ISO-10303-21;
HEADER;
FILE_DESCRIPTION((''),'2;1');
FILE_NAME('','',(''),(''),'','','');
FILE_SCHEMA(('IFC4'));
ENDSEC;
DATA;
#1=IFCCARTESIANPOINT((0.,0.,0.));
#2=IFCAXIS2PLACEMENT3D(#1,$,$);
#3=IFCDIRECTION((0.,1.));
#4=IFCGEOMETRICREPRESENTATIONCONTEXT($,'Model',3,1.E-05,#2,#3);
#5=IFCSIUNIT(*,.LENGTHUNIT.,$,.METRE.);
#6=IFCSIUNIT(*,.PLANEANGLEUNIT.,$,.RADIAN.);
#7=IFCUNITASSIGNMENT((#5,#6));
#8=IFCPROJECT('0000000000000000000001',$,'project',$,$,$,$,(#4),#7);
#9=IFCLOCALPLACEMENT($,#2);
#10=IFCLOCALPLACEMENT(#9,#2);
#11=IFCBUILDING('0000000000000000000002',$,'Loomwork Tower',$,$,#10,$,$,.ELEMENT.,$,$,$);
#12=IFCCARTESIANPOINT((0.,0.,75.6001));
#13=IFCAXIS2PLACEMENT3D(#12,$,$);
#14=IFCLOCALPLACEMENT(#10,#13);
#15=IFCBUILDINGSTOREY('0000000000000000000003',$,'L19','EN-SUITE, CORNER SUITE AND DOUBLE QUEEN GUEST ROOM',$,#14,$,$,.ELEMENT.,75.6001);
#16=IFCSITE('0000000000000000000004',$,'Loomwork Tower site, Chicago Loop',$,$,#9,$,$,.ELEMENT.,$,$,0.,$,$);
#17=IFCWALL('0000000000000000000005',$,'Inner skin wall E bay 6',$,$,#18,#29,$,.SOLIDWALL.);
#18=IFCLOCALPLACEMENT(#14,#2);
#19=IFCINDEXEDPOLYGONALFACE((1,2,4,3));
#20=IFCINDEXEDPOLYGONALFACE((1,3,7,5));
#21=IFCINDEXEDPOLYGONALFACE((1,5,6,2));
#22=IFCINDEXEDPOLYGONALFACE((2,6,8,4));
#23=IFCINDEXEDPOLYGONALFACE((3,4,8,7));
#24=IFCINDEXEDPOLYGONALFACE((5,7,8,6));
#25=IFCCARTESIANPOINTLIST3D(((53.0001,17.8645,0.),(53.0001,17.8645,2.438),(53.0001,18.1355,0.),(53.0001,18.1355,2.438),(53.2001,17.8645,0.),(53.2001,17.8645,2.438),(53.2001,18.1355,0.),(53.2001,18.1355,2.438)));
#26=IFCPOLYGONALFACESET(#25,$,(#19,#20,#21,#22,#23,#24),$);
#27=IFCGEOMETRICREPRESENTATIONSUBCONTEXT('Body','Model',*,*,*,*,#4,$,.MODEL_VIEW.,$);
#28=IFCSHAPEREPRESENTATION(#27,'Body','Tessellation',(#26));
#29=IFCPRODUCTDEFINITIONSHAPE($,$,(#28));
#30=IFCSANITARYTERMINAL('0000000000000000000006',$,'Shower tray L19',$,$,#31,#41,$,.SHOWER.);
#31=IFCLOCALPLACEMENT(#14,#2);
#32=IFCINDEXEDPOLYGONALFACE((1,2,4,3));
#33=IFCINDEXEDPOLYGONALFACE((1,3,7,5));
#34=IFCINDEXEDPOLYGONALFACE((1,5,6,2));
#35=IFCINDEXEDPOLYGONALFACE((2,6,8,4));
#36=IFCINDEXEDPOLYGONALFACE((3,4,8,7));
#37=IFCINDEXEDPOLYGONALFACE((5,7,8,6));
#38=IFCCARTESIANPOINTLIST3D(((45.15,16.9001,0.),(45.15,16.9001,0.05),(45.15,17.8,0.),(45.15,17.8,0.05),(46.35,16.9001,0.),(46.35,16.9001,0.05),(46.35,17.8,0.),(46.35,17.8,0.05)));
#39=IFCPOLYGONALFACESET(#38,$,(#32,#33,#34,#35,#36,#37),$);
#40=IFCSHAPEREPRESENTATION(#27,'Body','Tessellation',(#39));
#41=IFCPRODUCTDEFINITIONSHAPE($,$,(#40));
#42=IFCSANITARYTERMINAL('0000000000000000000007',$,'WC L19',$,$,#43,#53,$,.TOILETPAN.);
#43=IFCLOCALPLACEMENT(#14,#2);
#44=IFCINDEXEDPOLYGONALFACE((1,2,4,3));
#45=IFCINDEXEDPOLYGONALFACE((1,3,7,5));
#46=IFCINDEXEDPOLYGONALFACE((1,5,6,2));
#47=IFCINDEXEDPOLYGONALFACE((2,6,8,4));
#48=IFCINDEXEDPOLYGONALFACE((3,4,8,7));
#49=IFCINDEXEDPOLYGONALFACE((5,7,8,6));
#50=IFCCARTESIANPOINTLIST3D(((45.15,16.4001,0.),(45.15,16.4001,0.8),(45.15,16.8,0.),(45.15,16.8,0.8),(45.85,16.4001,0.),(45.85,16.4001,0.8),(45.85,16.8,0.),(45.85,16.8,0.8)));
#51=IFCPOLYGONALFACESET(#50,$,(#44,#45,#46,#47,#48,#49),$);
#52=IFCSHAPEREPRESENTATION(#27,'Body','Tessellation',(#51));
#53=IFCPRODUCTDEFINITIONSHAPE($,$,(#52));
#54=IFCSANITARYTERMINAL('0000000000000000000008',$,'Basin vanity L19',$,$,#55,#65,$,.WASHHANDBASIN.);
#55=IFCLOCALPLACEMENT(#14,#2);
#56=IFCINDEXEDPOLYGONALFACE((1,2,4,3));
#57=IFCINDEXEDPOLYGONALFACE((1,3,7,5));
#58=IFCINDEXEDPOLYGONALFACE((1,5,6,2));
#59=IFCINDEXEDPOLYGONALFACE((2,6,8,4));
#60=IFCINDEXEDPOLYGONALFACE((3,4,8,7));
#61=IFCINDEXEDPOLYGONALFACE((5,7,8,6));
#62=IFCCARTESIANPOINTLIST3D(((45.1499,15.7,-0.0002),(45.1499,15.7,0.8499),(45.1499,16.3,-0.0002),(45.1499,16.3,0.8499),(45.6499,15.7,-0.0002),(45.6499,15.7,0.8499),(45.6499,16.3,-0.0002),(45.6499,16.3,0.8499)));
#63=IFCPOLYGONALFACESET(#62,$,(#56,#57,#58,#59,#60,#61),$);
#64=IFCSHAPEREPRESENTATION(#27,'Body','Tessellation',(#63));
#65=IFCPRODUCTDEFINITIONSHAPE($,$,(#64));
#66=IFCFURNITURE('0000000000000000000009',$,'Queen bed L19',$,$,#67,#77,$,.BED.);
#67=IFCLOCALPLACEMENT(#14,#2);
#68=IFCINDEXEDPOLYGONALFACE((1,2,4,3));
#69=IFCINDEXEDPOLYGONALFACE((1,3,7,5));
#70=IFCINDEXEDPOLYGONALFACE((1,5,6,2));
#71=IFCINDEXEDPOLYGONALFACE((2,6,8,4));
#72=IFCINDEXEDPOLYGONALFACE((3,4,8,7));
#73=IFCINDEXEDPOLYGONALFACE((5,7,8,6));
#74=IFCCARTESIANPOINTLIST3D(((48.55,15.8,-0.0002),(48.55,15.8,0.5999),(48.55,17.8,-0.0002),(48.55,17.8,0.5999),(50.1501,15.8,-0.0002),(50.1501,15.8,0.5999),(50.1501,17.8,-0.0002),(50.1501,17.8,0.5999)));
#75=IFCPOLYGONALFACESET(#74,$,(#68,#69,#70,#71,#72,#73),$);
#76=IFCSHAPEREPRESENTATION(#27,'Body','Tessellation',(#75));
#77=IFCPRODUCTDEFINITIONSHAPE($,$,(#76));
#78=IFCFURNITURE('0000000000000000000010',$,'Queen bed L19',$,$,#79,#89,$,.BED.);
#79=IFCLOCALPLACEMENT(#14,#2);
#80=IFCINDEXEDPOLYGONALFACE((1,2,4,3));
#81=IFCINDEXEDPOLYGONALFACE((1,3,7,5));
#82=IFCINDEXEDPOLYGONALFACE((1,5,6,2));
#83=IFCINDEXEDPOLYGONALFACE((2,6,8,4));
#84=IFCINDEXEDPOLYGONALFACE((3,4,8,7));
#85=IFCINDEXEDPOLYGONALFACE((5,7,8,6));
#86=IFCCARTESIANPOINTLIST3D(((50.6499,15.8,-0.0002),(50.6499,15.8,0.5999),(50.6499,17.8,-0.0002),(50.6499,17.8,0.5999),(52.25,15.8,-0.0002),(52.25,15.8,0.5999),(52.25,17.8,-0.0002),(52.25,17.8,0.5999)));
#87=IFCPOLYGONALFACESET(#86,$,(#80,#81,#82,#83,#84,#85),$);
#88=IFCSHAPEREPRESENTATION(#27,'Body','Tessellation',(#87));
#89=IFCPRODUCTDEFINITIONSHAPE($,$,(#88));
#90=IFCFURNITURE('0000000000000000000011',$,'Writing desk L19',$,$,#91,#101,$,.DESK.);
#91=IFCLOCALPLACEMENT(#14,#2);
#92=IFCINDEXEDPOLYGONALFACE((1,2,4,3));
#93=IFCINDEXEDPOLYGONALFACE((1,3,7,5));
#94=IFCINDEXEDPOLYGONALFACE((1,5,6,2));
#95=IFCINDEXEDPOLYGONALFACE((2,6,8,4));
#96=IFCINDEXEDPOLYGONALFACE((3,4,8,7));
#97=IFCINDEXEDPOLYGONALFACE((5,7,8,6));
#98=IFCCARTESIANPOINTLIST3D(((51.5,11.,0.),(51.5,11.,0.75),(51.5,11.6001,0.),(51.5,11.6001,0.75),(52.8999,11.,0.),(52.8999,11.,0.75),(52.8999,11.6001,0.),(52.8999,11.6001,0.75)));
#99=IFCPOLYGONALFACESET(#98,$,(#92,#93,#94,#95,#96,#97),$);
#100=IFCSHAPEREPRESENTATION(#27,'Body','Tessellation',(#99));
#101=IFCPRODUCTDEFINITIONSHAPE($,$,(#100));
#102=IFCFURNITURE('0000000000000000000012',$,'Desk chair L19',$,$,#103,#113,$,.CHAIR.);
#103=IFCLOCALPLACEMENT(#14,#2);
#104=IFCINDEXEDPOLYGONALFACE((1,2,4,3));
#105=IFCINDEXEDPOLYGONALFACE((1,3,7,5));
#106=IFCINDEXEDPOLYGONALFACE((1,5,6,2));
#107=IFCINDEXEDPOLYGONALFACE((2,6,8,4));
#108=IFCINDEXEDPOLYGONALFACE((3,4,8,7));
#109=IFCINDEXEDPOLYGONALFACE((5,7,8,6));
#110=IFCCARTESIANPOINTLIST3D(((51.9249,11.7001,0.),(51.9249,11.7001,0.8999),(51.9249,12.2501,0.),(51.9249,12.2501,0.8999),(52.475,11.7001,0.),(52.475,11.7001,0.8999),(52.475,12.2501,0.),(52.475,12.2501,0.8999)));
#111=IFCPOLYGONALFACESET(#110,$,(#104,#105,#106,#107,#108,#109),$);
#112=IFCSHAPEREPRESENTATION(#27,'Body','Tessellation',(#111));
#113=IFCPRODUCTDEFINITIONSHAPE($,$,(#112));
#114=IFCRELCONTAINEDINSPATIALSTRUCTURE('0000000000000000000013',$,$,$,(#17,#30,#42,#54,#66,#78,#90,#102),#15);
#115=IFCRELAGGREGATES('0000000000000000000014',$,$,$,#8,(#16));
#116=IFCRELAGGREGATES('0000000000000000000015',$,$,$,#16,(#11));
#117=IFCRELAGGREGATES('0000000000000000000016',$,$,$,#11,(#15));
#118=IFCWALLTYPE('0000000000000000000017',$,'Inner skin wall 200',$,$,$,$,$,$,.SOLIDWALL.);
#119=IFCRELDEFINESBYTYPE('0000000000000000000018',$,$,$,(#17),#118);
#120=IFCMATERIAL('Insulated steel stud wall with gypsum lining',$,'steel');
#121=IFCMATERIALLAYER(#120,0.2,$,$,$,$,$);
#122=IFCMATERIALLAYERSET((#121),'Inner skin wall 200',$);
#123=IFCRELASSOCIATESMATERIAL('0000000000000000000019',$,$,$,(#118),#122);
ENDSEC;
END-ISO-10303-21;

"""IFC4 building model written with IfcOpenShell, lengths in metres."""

from ifc_helpers import new_model, si_unit, direction, frame, frame_2d, origin, origin_2d, place, context, subcontext, project, spatial, rectangle, extrude, material, layer, layer_set, type_object, element, save


model = new_model("IFC4")

# Units and contexts
model_context = context("Model", 3, precision=1e-05, world=origin(), true_north=direction((0.0, 1.0)))
body_context = subcontext(model_context, "Body", "Model", "MODEL_VIEW")
ifc_project = project(units=[si_unit("LENGTHUNIT", "METRE"), si_unit("PLANEANGLEUNIT", "RADIAN")], contexts=[model_context])

# Site, building, storey
site_placement = place(None, origin())
site = spatial("IfcSite", under=ifc_project, at=site_placement, Name="Loomwork Tower site, Chicago Loop", CompositionType="ELEMENT", RefElevation=0.0)
building_placement = place(site_placement, origin())
building = spatial("IfcBuilding", under=site, at=building_placement, Name="Loomwork Tower", CompositionType="ELEMENT")
storey_placement = place(building_placement, frame((0.0, 0.0, 75.6001)))
storey = spatial("IfcBuildingStorey", under=building, at=storey_placement, Name="L19", Description="EN-SUITE, CORNER SUITE AND DOUBLE QUEEN GUEST ROOM", CompositionType="ELEMENT", Elevation=75.6001)

# Wall
ifc_material_1 = material(Name="Insulated steel stud wall with gypsum lining", Category="steel")
ifc_layer_1 = layer(ifc_material_1, 0.2)
ifc_layer_set_1 = layer_set([ifc_layer_1], Name="Inner skin wall 200")
wall_type_1 = type_object("IfcWallType", Name="Inner skin wall 200", PredefinedType="SOLIDWALL", material=ifc_layer_set_1)
wall_1_placement = place(storey_placement, frame((53.1001, 17.8645, 0.0), z_axis=(0.0, 0.0, 1.0), x_axis=(0.0, 1.0, 0.0)))
element("IfcWall", 1, at=wall_1_placement, inside=storey, type_object=wall_type_1, Name="Inner skin wall E bay 6", PredefinedType="SOLIDWALL", context=body_context, shape_type="SweptSolid", body=[
    extrude(rectangle(XDim=0.271, YDim=0.2, at=frame_2d((0.1355, 0.0))), origin(), (0.0, 0.0, 1.0), 2.438),
])

# Sanitary terminals
sanitary_terminal_1_placement = place(storey_placement, frame((45.75, 17.3501, 0.0), z_axis=(0.0, 0.0, 1.0), x_axis=(1.0, 0.0, 0.0)))
element("IfcSanitaryTerminal", 2, at=sanitary_terminal_1_placement, inside=storey, Name="Shower tray L19", PredefinedType="SHOWER", context=body_context, shape_type="SweptSolid", body=[
    extrude(rectangle(XDim=1.2, YDim=0.8999, at=origin_2d()), origin(), (0.0, 0.0, 1.0), 0.05),
])
sanitary_terminal_2_placement = place(storey_placement, frame((45.5, 16.6001, 0.0), z_axis=(0.0, 0.0, 1.0), x_axis=(1.0, 0.0, 0.0)))
element("IfcSanitaryTerminal", 3, at=sanitary_terminal_2_placement, inside=storey, Name="WC L19", PredefinedType="TOILETPAN", context=body_context, shape_type="SweptSolid", body=[
    extrude(rectangle(XDim=0.7, YDim=0.3999, at=origin_2d()), origin(), (0.0, 0.0, 1.0), 0.8),
])
sanitary_terminal_3_placement = place(storey_placement, frame((45.3999, 16.0, -0.0002), z_axis=(0.0, 0.0, 1.0), x_axis=(1.0, 0.0, 0.0)))
element("IfcSanitaryTerminal", 4, at=sanitary_terminal_3_placement, inside=storey, Name="Basin vanity L19", PredefinedType="WASHHANDBASIN", context=body_context, shape_type="SweptSolid", body=[
    extrude(rectangle(XDim=0.5, YDim=0.6001, at=origin_2d()), origin(), (0.0, 0.0, 1.0), 0.8501),
])

# Furniture
for number, where, z_axis, x_axis, name in (
    (5, (49.3501, 16.8, -0.0002), (0.0, 0.0, 1.0), (1.0, 0.0, 0.0), "Queen bed L19"),
    (6, (51.45, 16.8, -0.0002), (0.0, 0.0, 1.0), (1.0, 0.0, 0.0), "Queen bed L19"),
):
    element("IfcFurniture", number, at=place(storey_placement, frame(where, z_axis=z_axis, x_axis=x_axis)), inside=storey, Name=name, PredefinedType="BED", context=body_context, shape_type="SweptSolid", body=[
        extrude(rectangle(XDim=1.6001, YDim=2.0, at=origin_2d()), origin(), (0.0, 0.0, 1.0), 0.6001),
    ])
furniture_1_placement = place(storey_placement, frame((52.2, 11.3, 0.0), z_axis=(0.0, 0.0, 1.0), x_axis=(1.0, 0.0, 0.0)))
element("IfcFurniture", 7, at=furniture_1_placement, inside=storey, Name="Writing desk L19", PredefinedType="DESK", context=body_context, shape_type="SweptSolid", body=[
    extrude(rectangle(XDim=1.3999, YDim=0.6001, at=origin_2d()), origin(), (0.0, 0.0, 1.0), 0.75),
])
furniture_2_placement = place(storey_placement, frame((52.2, 11.9751, 0.0), z_axis=(0.0, 0.0, 1.0), x_axis=(1.0, 0.0, 0.0)))
element("IfcFurniture", 8, at=furniture_2_placement, inside=storey, Name="Desk chair L19", PredefinedType="CHAIR", context=body_context, shape_type="SweptSolid", body=[
    extrude(rectangle(XDim=0.55, YDim=0.55, at=origin_2d()), origin(), (0.0, 0.0, 1.0), 0.8999),
])

save(model, "model.ifc")
